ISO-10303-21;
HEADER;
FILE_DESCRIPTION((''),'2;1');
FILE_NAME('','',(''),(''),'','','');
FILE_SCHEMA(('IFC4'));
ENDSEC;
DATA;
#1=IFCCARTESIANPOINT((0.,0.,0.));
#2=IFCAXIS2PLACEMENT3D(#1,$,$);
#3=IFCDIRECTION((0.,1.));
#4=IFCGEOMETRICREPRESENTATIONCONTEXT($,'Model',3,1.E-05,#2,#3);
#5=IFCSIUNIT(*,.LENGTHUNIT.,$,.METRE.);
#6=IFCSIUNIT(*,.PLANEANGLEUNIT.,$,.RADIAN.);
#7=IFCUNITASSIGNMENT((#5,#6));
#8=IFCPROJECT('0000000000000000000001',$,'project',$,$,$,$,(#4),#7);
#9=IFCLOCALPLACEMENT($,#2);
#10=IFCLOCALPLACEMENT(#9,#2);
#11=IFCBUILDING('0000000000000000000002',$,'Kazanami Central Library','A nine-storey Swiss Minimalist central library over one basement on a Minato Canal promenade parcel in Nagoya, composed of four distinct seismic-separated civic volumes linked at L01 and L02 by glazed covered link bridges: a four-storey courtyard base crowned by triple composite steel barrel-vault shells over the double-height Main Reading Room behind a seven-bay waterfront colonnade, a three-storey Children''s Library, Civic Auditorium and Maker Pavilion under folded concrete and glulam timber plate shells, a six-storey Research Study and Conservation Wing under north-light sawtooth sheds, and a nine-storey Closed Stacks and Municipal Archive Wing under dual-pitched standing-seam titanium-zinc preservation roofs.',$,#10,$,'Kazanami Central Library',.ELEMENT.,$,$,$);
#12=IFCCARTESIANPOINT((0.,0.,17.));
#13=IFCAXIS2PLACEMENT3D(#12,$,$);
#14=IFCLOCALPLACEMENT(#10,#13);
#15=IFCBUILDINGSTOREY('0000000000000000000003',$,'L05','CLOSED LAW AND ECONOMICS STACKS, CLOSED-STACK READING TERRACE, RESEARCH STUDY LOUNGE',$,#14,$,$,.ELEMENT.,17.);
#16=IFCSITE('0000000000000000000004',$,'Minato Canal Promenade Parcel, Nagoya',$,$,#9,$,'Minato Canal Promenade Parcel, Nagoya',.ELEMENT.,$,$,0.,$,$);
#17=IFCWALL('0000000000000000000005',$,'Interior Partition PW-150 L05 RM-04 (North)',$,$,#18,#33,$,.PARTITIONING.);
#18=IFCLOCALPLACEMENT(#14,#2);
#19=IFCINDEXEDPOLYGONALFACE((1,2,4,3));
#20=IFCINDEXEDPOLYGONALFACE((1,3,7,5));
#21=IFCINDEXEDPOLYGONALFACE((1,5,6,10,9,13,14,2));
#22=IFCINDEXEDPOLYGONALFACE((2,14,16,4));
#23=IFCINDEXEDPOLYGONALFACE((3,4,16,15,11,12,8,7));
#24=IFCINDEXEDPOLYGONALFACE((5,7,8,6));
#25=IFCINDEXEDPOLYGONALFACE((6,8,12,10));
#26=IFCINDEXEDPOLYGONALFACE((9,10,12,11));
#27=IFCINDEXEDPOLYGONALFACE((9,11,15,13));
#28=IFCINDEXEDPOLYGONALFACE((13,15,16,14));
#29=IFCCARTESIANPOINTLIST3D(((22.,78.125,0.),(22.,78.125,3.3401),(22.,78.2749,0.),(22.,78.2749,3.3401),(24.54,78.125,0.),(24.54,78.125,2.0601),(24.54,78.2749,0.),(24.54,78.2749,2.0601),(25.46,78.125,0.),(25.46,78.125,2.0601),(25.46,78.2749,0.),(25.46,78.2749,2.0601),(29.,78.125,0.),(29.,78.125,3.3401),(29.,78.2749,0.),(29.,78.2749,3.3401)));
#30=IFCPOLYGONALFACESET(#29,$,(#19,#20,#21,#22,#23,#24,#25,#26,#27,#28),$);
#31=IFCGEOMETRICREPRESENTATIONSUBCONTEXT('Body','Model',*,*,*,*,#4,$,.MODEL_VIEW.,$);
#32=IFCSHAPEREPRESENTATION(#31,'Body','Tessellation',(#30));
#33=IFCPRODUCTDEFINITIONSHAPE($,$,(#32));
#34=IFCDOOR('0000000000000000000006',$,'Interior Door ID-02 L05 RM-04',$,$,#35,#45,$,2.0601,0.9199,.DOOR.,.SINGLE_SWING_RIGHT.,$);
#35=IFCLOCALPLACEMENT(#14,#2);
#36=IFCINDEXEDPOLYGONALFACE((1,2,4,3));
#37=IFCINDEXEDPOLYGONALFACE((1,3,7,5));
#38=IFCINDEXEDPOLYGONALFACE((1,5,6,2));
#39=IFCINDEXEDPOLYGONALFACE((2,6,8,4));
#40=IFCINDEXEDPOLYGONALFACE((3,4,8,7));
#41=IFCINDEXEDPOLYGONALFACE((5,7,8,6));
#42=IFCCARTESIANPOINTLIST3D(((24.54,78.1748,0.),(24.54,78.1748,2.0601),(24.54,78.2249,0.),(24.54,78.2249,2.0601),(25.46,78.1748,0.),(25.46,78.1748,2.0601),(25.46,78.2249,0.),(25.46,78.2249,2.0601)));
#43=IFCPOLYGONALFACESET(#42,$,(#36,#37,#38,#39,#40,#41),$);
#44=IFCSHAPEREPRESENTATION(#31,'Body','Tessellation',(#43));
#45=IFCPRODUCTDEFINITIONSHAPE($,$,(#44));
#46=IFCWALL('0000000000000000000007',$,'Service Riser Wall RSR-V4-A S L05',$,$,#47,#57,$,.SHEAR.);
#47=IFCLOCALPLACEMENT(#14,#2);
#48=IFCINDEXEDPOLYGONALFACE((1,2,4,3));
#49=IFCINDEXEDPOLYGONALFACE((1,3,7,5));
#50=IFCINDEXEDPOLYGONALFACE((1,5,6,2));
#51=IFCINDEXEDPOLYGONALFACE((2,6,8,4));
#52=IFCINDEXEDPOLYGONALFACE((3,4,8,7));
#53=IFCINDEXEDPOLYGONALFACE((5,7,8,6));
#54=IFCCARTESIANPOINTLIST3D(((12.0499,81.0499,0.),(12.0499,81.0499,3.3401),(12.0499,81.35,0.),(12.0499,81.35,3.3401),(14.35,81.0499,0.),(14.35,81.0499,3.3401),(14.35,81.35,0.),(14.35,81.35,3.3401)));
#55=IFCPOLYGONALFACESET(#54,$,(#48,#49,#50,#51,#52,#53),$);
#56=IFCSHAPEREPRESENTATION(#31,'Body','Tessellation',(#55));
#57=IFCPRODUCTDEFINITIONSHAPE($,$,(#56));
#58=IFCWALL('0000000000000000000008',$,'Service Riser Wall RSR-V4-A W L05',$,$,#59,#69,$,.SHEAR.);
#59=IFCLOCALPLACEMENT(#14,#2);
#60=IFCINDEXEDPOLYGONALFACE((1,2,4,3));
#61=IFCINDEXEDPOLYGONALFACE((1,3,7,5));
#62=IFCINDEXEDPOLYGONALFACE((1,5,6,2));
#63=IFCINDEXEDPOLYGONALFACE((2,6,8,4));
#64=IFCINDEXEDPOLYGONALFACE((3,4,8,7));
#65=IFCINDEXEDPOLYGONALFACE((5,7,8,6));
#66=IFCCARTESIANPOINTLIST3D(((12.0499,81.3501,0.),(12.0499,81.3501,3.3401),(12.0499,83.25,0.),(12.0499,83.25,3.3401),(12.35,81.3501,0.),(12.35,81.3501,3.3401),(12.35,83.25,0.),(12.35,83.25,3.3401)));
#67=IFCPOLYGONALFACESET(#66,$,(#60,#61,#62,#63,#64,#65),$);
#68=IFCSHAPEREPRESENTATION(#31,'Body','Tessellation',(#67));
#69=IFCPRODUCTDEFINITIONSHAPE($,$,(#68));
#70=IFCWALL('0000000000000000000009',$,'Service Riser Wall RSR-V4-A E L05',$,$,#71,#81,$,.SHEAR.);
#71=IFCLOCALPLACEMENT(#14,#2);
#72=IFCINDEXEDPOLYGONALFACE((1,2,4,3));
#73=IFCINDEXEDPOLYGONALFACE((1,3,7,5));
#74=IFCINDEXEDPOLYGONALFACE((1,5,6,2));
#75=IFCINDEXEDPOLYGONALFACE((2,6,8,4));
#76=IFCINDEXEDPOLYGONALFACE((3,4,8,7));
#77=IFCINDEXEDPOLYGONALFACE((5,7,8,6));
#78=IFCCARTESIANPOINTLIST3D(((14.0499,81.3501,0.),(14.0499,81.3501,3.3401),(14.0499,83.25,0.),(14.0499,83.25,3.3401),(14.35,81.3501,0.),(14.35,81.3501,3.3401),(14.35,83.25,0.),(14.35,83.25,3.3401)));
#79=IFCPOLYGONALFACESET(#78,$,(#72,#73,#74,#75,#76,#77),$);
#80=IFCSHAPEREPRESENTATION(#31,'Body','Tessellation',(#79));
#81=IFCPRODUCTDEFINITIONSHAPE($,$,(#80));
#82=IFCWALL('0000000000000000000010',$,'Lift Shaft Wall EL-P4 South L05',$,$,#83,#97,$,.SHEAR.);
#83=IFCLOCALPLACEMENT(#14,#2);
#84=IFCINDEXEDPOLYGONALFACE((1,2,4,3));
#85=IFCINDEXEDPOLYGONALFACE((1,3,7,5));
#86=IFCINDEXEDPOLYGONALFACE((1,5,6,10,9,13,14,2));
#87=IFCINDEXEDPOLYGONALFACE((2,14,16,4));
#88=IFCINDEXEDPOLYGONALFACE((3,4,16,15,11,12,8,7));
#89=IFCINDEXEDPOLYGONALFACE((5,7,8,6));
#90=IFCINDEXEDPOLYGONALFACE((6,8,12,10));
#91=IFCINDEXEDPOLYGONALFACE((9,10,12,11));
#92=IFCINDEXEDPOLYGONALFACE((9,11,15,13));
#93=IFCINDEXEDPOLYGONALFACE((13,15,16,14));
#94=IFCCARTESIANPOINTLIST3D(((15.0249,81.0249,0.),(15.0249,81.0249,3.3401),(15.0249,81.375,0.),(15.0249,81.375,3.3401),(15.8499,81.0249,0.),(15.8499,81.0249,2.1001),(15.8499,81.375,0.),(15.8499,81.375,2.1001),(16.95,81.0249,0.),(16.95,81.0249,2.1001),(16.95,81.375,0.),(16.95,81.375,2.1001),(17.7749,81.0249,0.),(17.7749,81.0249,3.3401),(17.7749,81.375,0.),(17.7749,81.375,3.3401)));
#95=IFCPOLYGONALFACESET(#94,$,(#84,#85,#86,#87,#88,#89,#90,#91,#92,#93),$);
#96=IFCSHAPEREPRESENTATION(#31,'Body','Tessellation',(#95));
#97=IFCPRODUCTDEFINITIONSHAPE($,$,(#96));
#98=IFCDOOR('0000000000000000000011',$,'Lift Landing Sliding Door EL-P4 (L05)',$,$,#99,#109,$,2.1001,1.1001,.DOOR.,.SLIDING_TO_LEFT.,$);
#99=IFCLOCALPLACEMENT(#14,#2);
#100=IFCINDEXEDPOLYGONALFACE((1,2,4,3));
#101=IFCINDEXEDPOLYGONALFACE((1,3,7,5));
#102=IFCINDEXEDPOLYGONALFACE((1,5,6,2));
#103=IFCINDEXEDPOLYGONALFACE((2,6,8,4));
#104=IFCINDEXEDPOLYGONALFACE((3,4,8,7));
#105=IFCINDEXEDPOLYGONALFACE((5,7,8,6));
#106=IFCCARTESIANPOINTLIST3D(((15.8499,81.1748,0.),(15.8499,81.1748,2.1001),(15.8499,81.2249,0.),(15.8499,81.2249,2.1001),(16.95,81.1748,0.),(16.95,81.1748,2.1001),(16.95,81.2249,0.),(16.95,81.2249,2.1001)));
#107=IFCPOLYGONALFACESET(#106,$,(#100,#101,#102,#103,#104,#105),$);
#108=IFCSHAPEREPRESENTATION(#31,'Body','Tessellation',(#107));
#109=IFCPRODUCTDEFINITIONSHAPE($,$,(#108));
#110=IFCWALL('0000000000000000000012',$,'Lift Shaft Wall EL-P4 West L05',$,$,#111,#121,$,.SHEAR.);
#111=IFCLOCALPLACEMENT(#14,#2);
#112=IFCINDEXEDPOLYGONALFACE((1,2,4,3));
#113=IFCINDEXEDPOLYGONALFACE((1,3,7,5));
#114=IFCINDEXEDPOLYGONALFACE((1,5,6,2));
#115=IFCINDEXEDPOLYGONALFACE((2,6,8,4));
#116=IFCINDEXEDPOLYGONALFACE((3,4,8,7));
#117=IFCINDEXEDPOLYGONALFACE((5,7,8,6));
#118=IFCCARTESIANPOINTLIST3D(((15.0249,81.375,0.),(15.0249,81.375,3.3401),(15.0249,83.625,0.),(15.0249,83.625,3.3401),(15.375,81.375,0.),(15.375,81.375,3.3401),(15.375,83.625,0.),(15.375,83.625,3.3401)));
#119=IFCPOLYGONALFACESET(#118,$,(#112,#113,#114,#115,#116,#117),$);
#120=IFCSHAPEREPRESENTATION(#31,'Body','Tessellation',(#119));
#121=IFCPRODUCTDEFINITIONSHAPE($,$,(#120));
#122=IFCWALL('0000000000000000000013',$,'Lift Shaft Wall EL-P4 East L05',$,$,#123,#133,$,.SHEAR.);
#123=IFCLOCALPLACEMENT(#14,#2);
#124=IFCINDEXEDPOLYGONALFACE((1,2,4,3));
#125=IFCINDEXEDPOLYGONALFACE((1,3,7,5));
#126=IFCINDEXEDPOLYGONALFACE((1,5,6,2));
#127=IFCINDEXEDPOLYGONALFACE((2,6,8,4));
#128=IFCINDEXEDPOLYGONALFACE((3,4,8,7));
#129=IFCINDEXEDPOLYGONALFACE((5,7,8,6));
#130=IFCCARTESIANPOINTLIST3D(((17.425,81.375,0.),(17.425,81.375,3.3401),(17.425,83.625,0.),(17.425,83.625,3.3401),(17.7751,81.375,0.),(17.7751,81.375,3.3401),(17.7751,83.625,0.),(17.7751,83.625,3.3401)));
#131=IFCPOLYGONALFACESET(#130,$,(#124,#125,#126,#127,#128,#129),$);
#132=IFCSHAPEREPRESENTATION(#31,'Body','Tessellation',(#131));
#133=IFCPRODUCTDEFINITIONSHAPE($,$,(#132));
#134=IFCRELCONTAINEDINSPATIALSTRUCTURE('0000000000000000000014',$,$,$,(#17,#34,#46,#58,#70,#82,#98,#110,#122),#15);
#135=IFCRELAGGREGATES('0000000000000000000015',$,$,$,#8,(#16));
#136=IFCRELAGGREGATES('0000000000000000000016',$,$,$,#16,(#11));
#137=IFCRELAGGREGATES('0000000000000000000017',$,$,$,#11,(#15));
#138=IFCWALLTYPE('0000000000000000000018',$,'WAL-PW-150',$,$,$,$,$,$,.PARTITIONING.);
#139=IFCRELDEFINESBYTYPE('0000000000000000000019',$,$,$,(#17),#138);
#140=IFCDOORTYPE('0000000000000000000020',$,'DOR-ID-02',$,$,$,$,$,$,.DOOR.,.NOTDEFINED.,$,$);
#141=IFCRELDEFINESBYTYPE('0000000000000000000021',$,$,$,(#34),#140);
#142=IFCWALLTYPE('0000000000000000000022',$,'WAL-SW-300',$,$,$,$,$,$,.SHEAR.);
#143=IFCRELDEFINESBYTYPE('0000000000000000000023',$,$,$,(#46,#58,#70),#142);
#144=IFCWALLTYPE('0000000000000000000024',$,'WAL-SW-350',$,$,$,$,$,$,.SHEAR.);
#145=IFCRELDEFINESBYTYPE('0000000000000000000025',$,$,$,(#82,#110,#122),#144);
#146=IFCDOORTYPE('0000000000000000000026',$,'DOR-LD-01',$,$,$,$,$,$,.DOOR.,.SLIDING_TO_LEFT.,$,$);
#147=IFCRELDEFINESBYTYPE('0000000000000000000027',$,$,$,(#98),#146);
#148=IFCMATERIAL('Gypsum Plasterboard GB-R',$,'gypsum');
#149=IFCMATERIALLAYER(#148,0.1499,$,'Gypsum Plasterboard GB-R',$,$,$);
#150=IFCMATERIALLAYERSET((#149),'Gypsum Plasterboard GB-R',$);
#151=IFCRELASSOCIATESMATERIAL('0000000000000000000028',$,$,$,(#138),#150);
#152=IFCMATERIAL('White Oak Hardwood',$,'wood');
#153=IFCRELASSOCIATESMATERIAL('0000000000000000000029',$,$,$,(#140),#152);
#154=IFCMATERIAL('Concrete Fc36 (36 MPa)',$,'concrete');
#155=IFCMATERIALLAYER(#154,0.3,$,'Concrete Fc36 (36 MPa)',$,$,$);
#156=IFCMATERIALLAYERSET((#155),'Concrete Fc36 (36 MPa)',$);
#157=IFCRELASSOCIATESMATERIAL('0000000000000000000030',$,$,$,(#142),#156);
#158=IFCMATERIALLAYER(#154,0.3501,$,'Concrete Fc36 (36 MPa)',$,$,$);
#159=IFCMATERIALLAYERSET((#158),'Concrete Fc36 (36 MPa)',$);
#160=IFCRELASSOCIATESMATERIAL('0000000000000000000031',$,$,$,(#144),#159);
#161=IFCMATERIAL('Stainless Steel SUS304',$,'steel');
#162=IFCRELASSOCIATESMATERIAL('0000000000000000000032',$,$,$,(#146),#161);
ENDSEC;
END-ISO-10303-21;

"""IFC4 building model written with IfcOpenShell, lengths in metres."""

from ifc_helpers import new_model, si_unit, direction, frame, frame_2d, origin, place, context, subcontext, project, spatial, rectangle, extrude, material, layer, layer_set, type_object, element, fill, save


model = new_model("IFC4")

# Units and contexts
model_context = context("Model", 3, precision=1e-05, world=origin(), true_north=direction((0.0, 1.0)))
body_context = subcontext(model_context, "Body", "Model", "MODEL_VIEW")
ifc_project = project(units=[si_unit("LENGTHUNIT", "METRE"), si_unit("PLANEANGLEUNIT", "RADIAN")], contexts=[model_context])

# Site, building, storey
site_placement = place(None, origin())
site = spatial("IfcSite", under=ifc_project, at=site_placement, Name="Minato Canal Promenade Parcel, Nagoya", LongName="Minato Canal Promenade Parcel, Nagoya", CompositionType="ELEMENT", RefElevation=0.0)
building_placement = place(site_placement, origin())
building = spatial("IfcBuilding", under=site, at=building_placement, Name="Kazanami Central Library", Description="A nine-storey Swiss Minimalist central library over one basement on a Minato Canal promenade parcel in Nagoya, composed of four distinct seismic-separated civic volumes linked at L01 and L02 by glazed covered link bridges: a four-storey courtyard base crowned by triple composite steel barrel-vault shells over the double-height Main Reading Room behind a seven-bay waterfront colonnade, a three-storey Children's Library, Civic Auditorium and Maker Pavilion under folded concrete and glulam timber plate shells, a six-storey Research Study and Conservation Wing under north-light sawtooth sheds, and a nine-storey Closed Stacks and Municipal Archive Wing under dual-pitched standing-seam titanium-zinc preservation roofs.", LongName="Kazanami Central Library", CompositionType="ELEMENT")
storey_placement = place(building_placement, frame((0.0, 0.0, 17.0)))
storey = spatial("IfcBuildingStorey", under=building, at=storey_placement, Name="L05", Description="CLOSED LAW AND ECONOMICS STACKS, CLOSED-STACK READING TERRACE, RESEARCH STUDY LOUNGE", CompositionType="ELEMENT", Elevation=17.0)

# Wall, opening, door
ifc_material_1 = material(Name="Gypsum Plasterboard GB-R", Category="gypsum")
ifc_layer_1 = layer(ifc_material_1, 0.1499, Name="Gypsum Plasterboard GB-R")
ifc_layer_set_1 = layer_set([ifc_layer_1], Name="Gypsum Plasterboard GB-R")
wall_type_1 = type_object("IfcWallType", Name="WAL-PW-150", PredefinedType="PARTITIONING", material=ifc_layer_set_1)
wall_1_placement = place(storey_placement, frame((22.0, 78.2, 0.0), z_axis=(0.0, 0.0, 1.0), x_axis=(1.0, 0.0, 0.0)))
wall_1 = element("IfcWall", 1, at=wall_1_placement, inside=storey, type_object=wall_type_1, Name="Interior Partition PW-150 L05 RM-04 (North)", PredefinedType="PARTITIONING", context=body_context, shape_type="SweptSolid", body=[
    extrude(rectangle(XDim=7.0, YDim=0.1499, at=frame_2d((3.5, 0.0))), origin(), (0.0, 0.0, 1.0), 3.3401),
])
opening_1_placement = place(wall_1_placement, frame((2.54, 0.0, 0.0)))
opening_1 = element("IfcOpeningElement", 2, at=opening_1_placement, cuts=wall_1, PredefinedType="OPENING", context=body_context, shape_type="SweptSolid", body=[
    extrude(rectangle(XDim=0.9199, YDim=2.0601, at=frame_2d((0.46, 1.03))), frame((0.0, 0.0869, 0.0), z_axis=(0.0, -1.0, 0.0), x_axis=(1.0, 0.0, 0.0)), (0.0, 0.0, 1.0), 0.1738),
])
ifc_material_2 = material(Name="White Oak Hardwood", Category="wood")
door_type_1 = type_object("IfcDoorType", Name="DOR-ID-02", OperationType="NOTDEFINED", PredefinedType="DOOR", material=ifc_material_2)
door_1_placement = place(opening_1_placement, origin())
door_1 = element("IfcDoor", 3, at=door_1_placement, inside=storey, type_object=door_type_1, Name="Interior Door ID-02 L05 RM-04", OperationType="SINGLE_SWING_RIGHT", OverallHeight=2.0601, OverallWidth=0.9199, PredefinedType="DOOR", context=body_context, shape_type="SweptSolid", body=[
    extrude(rectangle(XDim=0.9199, YDim=2.0601, at=frame_2d((0.46, 1.03))), frame((0.0, 0.0249, 0.0), z_axis=(0.0, -1.0, 0.0), x_axis=(1.0, 0.0, 0.0)), (0.0, 0.0, 1.0), 0.05),
])
fill(opening_1, door_1)

# Walls
ifc_material_3 = material(Name="Concrete Fc36 (36 MPa)", Category="concrete")
ifc_layer_2 = layer(ifc_material_3, 0.3, Name="Concrete Fc36 (36 MPa)")
ifc_layer_set_2 = layer_set([ifc_layer_2], Name="Concrete Fc36 (36 MPa)")
wall_type_2 = type_object("IfcWallType", Name="WAL-SW-300", PredefinedType="SHEAR", material=ifc_layer_set_2)
wall_2_placement = place(storey_placement, frame((12.05, 81.2, 0.0), z_axis=(0.0, 0.0, 1.0), x_axis=(1.0, 0.0, 0.0)))
element("IfcWall", 4, at=wall_2_placement, inside=storey, type_object=wall_type_2, Name="Service Riser Wall RSR-V4-A S L05", PredefinedType="SHEAR", context=body_context, shape_type="SweptSolid", body=[
    extrude(rectangle(XDim=2.3, YDim=0.3, at=frame_2d((1.1499, 0.0))), origin(), (0.0, 0.0, 1.0), 3.3401),
])
for number, where, z_axis, x_axis, name in (
    (5, (12.2, 81.3501, 0.0), (0.0, 0.0, 1.0), (0.0, 1.0, 0.0), "Service Riser Wall RSR-V4-A W L05"),
    (6, (14.2, 81.3501, 0.0), (0.0, 0.0, 1.0), (0.0, 1.0, 0.0), "Service Riser Wall RSR-V4-A E L05"),
):
    element("IfcWall", number, at=place(storey_placement, frame(where, z_axis=z_axis, x_axis=x_axis)), inside=storey, type_object=wall_type_2, Name=name, PredefinedType="SHEAR", context=body_context, shape_type="SweptSolid", body=[
        extrude(rectangle(XDim=1.8999, YDim=0.3, at=frame_2d((0.95, 0.0))), origin(), (0.0, 0.0, 1.0), 3.3401),
    ])

# Wall, opening, door
ifc_layer_3 = layer(ifc_material_3, 0.3501, Name="Concrete Fc36 (36 MPa)")
ifc_layer_set_3 = layer_set([ifc_layer_3], Name="Concrete Fc36 (36 MPa)")
wall_type_3 = type_object("IfcWallType", Name="WAL-SW-350", PredefinedType="SHEAR", material=ifc_layer_set_3)
wall_3_placement = place(storey_placement, frame((15.0249, 81.2, 0.0), z_axis=(0.0, 0.0, 1.0), x_axis=(1.0, 0.0, 0.0)))
wall_3 = element("IfcWall", 7, at=wall_3_placement, inside=storey, type_object=wall_type_3, Name="Lift Shaft Wall EL-P4 South L05", PredefinedType="SHEAR", context=body_context, shape_type="SweptSolid", body=[
    extrude(rectangle(XDim=2.75, YDim=0.3501, at=frame_2d((1.375, 0.0))), origin(), (0.0, 0.0, 1.0), 3.3401),
])
opening_2_placement = place(wall_3_placement, frame((0.825, 0.0, 0.0)))
opening_2 = element("IfcOpeningElement", 8, at=opening_2_placement, cuts=wall_3, PredefinedType="OPENING", context=body_context, shape_type="SweptSolid", body=[
    extrude(rectangle(XDim=1.1001, YDim=2.1001, at=frame_2d((0.55, 1.05))), frame((0.0, 0.187, 0.0), z_axis=(0.0, -1.0, 0.0), x_axis=(1.0, 0.0, 0.0)), (0.0, 0.0, 1.0), 0.374),
])
ifc_material_4 = material(Name="Stainless Steel SUS304", Category="steel")
door_type_2 = type_object("IfcDoorType", Name="DOR-LD-01", OperationType="SLIDING_TO_LEFT", PredefinedType="DOOR", material=ifc_material_4)
door_2_placement = place(opening_2_placement, origin())
door_2 = element("IfcDoor", 9, at=door_2_placement, inside=storey, type_object=door_type_2, Name="Lift Landing Sliding Door EL-P4 (L05)", OperationType="SLIDING_TO_LEFT", OverallHeight=2.1001, OverallWidth=1.1001, PredefinedType="DOOR", context=body_context, shape_type="SweptSolid", body=[
    extrude(rectangle(XDim=1.1001, YDim=2.1001, at=frame_2d((0.55, 1.05))), frame((0.0, 0.0249, 0.0), z_axis=(0.0, -1.0, 0.0), x_axis=(1.0, 0.0, 0.0)), (0.0, 0.0, 1.0), 0.05),
])
fill(opening_2, door_2)

# Walls
for number, where, z_axis, x_axis, name in (
    (10, (15.2, 81.375, 0.0), (0.0, 0.0, 1.0), (0.0, 1.0, 0.0), "Lift Shaft Wall EL-P4 West L05"),
    (11, (17.6001, 81.375, 0.0), (0.0, 0.0, 1.0), (0.0, 1.0, 0.0), "Lift Shaft Wall EL-P4 East L05"),
):
    element("IfcWall", number, at=place(storey_placement, frame(where, z_axis=z_axis, x_axis=x_axis)), inside=storey, type_object=wall_type_3, Name=name, PredefinedType="SHEAR", context=body_context, shape_type="SweptSolid", body=[
        extrude(rectangle(XDim=2.25, YDim=0.3501, at=frame_2d((1.125, 0.0))), origin(), (0.0, 0.0, 1.0), 3.3401),
    ])

save(model, "model.ifc")
